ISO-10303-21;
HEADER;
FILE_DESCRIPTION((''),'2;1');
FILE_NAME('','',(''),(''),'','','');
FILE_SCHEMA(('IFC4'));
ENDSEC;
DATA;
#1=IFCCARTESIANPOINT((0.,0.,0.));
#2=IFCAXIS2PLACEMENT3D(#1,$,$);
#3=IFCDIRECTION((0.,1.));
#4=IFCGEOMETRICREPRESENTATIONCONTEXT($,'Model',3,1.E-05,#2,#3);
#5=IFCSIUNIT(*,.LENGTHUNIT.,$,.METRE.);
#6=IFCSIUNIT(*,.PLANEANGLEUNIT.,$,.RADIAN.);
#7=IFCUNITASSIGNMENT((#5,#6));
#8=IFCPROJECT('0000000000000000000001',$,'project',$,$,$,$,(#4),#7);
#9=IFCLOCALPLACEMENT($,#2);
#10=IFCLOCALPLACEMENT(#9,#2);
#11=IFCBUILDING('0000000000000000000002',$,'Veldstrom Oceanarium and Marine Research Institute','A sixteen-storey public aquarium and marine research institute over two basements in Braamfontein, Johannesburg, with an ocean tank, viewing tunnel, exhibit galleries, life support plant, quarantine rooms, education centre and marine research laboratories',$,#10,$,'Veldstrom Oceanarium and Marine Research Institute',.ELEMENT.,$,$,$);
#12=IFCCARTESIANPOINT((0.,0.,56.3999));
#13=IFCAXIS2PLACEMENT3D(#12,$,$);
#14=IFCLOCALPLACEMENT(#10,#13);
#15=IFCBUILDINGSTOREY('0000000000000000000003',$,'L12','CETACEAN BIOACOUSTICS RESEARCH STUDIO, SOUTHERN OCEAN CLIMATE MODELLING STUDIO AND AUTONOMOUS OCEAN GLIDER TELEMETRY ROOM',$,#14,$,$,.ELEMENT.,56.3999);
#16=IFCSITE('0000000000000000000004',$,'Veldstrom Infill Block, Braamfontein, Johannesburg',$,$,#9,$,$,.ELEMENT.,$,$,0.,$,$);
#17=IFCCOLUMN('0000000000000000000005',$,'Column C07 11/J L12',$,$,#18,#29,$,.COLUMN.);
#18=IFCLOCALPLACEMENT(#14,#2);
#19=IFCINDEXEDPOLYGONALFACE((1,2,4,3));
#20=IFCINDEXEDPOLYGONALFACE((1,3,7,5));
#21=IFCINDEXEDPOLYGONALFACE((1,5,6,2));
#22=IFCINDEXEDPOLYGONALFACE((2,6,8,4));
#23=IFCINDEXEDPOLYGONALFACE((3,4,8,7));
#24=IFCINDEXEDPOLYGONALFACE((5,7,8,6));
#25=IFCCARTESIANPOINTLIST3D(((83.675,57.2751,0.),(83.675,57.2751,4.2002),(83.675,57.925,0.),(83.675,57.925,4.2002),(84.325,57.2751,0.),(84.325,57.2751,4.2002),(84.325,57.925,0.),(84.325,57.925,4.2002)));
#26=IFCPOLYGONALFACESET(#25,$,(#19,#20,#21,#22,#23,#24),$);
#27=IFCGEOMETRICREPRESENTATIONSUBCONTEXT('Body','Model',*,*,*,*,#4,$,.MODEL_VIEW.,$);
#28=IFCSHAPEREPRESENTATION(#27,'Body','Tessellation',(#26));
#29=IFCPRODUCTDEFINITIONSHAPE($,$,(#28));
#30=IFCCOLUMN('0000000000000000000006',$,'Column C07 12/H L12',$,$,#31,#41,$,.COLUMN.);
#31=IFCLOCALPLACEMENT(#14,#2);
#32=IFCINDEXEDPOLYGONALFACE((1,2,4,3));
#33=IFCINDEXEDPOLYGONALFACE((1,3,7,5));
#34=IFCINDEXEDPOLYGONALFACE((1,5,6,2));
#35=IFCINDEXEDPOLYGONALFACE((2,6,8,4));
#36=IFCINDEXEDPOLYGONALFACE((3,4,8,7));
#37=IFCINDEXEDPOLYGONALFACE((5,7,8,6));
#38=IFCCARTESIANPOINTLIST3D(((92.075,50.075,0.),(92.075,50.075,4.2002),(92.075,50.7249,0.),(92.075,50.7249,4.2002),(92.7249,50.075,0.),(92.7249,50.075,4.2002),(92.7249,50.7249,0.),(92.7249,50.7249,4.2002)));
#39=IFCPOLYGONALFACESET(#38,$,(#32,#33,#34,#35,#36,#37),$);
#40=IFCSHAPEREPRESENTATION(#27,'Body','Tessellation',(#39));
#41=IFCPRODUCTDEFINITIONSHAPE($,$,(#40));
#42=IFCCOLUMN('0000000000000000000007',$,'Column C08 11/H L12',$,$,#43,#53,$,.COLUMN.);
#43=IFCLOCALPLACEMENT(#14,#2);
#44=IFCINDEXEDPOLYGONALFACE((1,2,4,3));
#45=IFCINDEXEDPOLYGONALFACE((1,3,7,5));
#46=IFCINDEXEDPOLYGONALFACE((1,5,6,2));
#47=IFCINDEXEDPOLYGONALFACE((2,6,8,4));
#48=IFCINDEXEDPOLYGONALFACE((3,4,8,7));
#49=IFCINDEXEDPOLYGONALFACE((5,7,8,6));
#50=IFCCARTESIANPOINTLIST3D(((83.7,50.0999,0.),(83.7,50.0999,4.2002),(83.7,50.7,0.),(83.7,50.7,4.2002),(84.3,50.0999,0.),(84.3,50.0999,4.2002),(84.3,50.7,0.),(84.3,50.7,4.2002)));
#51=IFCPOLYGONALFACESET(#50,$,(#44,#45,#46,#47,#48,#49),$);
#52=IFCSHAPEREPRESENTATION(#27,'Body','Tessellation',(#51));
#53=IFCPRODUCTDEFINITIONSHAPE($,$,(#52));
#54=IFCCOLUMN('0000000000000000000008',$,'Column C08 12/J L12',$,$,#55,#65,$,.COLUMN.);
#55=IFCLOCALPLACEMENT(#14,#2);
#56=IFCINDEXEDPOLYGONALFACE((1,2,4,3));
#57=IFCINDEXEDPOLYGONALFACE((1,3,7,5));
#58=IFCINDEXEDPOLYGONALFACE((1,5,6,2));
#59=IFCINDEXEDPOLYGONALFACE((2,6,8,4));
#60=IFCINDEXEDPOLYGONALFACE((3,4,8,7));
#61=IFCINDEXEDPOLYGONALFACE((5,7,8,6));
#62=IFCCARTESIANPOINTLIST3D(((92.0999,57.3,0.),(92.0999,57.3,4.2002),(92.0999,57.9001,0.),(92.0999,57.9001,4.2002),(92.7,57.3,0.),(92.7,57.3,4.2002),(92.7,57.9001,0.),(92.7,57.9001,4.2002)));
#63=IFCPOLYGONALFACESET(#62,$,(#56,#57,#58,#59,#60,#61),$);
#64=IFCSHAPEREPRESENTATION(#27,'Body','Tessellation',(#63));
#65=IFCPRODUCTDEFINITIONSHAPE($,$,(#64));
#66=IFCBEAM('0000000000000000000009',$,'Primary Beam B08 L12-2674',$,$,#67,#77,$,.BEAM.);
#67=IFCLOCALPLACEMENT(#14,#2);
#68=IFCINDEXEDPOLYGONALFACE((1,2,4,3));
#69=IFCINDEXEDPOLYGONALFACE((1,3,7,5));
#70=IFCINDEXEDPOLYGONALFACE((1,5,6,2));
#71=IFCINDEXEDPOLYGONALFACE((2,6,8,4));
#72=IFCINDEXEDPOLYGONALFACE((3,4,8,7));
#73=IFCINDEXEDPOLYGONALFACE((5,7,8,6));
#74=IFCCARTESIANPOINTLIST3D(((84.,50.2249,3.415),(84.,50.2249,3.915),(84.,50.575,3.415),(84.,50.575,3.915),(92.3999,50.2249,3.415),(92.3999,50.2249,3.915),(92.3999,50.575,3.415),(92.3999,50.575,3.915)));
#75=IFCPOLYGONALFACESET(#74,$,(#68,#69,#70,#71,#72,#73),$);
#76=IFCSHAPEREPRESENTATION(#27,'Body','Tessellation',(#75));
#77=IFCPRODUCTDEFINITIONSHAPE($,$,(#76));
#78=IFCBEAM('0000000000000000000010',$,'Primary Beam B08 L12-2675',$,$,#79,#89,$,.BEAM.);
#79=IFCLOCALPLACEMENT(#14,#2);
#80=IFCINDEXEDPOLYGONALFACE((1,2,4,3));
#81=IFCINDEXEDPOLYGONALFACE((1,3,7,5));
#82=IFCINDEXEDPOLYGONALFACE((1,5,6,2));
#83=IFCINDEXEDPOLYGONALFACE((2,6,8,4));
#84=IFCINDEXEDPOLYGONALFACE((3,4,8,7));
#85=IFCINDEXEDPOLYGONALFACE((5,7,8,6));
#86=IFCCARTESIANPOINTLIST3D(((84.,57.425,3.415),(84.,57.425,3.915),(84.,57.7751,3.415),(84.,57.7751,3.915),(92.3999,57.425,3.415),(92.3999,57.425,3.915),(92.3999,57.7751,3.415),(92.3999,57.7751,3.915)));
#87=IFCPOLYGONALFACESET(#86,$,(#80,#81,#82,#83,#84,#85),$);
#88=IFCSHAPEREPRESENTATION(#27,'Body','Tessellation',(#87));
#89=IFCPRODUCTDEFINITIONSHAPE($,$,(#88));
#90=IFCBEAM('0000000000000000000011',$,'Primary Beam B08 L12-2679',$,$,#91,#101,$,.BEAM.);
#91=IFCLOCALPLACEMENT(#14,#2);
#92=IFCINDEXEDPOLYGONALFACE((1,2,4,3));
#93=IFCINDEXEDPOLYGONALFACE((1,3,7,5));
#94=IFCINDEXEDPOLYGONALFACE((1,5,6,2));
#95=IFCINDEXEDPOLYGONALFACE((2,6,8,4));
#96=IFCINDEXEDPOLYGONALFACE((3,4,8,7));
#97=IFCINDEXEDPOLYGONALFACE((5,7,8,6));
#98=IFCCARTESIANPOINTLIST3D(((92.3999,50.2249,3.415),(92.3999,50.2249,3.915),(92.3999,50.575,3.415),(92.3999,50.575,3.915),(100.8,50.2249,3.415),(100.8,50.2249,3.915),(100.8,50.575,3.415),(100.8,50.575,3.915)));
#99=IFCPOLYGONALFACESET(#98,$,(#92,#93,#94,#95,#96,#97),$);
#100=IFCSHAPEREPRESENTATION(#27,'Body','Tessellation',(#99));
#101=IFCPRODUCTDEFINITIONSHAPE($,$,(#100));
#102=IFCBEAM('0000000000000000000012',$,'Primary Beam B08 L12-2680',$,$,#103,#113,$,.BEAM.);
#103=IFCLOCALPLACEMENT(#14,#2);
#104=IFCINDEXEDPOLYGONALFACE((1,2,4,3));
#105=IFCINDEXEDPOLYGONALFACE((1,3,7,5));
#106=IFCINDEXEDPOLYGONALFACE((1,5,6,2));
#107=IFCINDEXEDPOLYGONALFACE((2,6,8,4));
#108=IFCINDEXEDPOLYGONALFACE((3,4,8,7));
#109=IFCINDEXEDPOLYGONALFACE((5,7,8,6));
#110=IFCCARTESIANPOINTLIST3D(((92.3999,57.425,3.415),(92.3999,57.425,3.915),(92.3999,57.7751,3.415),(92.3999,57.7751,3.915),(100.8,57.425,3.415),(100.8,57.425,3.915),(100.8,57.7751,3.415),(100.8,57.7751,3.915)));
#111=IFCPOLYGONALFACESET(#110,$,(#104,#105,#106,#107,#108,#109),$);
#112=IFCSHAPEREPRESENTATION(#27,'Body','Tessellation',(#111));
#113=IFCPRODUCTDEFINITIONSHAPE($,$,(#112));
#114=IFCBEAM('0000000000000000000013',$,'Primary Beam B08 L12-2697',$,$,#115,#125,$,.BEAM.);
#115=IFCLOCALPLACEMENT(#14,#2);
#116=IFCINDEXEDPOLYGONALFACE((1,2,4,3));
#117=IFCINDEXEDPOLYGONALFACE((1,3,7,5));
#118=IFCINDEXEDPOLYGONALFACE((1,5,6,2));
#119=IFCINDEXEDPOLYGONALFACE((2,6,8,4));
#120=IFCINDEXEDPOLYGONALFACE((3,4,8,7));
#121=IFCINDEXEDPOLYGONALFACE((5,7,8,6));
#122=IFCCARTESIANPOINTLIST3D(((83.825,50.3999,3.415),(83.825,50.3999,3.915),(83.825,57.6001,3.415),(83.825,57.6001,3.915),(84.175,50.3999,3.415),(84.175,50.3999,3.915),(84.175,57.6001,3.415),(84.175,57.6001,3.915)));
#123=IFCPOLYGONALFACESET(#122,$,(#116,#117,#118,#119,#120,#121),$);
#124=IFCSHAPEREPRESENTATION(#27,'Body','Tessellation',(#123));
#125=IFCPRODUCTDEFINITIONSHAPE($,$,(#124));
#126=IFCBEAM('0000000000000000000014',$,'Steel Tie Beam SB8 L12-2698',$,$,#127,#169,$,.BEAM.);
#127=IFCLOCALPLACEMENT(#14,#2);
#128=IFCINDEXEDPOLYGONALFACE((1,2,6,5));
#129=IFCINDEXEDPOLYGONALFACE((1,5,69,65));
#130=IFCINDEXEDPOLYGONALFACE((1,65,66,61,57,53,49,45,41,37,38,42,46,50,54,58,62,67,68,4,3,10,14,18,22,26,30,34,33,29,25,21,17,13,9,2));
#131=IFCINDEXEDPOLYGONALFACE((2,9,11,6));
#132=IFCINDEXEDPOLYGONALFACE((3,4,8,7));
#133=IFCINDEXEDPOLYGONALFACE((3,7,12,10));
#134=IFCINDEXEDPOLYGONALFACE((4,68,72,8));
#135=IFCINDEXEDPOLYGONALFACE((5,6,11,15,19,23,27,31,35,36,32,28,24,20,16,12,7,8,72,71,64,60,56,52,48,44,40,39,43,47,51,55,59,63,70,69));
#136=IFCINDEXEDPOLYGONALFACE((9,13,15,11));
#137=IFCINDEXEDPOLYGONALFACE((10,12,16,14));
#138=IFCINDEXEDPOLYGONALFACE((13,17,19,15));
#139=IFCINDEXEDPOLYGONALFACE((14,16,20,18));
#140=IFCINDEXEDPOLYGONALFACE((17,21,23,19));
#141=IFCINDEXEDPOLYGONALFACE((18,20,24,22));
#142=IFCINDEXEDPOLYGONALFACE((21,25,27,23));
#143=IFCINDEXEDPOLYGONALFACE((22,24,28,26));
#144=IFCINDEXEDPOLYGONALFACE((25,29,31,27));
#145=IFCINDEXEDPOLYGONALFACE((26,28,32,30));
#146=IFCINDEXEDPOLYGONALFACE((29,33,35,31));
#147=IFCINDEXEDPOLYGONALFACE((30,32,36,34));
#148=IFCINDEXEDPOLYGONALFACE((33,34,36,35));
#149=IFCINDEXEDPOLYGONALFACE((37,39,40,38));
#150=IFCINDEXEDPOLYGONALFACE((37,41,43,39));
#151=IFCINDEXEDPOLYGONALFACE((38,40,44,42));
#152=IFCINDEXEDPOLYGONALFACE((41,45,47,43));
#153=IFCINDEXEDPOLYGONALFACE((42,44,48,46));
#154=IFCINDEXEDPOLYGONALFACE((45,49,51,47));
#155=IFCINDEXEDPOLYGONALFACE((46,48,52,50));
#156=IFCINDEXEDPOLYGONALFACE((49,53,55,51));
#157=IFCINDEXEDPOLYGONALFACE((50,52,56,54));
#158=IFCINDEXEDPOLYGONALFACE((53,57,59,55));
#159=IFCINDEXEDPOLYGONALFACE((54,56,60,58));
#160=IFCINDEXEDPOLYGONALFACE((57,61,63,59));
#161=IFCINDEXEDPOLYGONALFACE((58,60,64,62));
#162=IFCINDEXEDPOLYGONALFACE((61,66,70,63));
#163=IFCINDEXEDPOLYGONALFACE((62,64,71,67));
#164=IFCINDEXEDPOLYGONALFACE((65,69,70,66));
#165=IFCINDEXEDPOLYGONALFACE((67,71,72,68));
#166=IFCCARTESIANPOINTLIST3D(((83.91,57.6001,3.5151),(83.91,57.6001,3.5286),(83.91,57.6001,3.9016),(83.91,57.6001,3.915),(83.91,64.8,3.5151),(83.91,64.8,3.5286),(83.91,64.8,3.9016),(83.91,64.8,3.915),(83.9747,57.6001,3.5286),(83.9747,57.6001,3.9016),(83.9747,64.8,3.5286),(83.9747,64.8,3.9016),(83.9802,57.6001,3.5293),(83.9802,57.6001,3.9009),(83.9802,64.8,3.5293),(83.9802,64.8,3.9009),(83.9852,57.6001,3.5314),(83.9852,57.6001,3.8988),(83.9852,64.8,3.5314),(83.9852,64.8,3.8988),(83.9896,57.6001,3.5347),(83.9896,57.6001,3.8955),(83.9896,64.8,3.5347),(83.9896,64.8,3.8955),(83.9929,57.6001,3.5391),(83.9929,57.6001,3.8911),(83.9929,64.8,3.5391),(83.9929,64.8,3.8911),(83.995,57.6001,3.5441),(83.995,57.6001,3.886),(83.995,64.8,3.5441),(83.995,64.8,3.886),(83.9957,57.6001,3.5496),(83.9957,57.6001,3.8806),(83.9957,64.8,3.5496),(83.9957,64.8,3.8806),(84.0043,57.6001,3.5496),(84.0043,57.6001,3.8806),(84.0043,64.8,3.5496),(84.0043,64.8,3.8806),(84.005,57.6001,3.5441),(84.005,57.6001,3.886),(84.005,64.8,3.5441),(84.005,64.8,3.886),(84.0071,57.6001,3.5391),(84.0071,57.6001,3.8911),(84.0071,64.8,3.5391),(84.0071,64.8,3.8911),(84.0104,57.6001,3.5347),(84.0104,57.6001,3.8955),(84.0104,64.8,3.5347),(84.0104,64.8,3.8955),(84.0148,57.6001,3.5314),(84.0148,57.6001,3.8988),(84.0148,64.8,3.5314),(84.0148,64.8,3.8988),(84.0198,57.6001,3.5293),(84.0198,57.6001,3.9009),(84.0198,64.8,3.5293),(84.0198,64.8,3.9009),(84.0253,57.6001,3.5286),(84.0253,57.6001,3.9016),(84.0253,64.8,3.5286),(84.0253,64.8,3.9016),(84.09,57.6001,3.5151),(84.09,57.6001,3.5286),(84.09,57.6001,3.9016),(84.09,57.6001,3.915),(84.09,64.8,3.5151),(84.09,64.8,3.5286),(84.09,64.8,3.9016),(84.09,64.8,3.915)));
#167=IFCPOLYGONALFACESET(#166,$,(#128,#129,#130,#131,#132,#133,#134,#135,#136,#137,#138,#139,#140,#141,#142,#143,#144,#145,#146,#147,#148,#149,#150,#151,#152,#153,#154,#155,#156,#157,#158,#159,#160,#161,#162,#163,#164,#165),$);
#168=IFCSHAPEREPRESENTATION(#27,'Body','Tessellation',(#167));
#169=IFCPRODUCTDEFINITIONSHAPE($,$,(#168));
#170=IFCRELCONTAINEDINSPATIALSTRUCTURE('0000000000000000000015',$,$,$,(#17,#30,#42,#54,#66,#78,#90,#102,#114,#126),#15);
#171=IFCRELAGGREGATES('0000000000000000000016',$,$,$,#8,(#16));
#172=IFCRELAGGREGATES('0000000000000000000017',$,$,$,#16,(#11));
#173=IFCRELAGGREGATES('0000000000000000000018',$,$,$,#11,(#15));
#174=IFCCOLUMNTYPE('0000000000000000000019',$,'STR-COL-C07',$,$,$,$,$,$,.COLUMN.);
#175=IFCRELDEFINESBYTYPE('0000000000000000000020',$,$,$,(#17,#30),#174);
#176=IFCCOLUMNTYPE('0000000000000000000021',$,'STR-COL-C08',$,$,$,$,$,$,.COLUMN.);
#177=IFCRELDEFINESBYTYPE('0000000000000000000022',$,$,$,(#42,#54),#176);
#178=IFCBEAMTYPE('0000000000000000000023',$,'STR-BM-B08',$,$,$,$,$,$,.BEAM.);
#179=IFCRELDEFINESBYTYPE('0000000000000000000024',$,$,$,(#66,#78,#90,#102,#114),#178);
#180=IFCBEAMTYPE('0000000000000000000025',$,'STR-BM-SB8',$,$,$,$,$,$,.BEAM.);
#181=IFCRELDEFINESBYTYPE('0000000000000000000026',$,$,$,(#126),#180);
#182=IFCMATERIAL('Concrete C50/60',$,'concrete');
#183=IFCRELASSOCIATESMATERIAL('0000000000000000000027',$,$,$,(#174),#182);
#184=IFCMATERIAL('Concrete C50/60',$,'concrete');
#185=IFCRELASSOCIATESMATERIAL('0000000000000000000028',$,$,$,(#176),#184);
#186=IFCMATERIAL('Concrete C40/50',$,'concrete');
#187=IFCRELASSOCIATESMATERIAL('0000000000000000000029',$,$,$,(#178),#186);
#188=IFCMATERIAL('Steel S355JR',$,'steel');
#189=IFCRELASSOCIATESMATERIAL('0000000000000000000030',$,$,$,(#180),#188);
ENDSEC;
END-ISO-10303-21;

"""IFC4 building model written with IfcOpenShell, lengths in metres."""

from ifc_helpers import new_model, si_unit, direction, frame, origin, origin_2d, place, context, subcontext, project, spatial, rectangle, i_section, extrude, material, material_profile, profile_set, type_object, element, save


model = new_model("IFC4")

# Units and contexts
model_context = context("Model", 3, precision=1e-05, world=origin(), true_north=direction((0.0, 1.0)))
body_context = subcontext(model_context, "Body", "Model", "MODEL_VIEW")
ifc_project = project(units=[si_unit("LENGTHUNIT", "METRE"), si_unit("PLANEANGLEUNIT", "RADIAN")], contexts=[model_context])

# Site, building, storey
site_placement = place(None, origin())
site = spatial("IfcSite", under=ifc_project, at=site_placement, Name="Veldstrom Infill Block, Braamfontein, Johannesburg", CompositionType="ELEMENT", RefElevation=0.0)
building_placement = place(site_placement, origin())
building = spatial("IfcBuilding", under=site, at=building_placement, Name="Veldstrom Oceanarium and Marine Research Institute", Description="A sixteen-storey public aquarium and marine research institute over two basements in Braamfontein, Johannesburg, with an ocean tank, viewing tunnel, exhibit galleries, life support plant, quarantine rooms, education centre and marine research laboratories", LongName="Veldstrom Oceanarium and Marine Research Institute", CompositionType="ELEMENT")
storey_placement = place(building_placement, frame((0.0, 0.0, 56.3999)))
storey = spatial("IfcBuildingStorey", under=building, at=storey_placement, Name="L12", Description="CETACEAN BIOACOUSTICS RESEARCH STUDIO, SOUTHERN OCEAN CLIMATE MODELLING STUDIO AND AUTONOMOUS OCEAN GLIDER TELEMETRY ROOM", CompositionType="ELEMENT", Elevation=56.3999)

# Columns
ifc_material_1 = material(Name="Concrete C50/60", Category="concrete")
ifc_material_profile_1 = material_profile(ifc_material_1, rectangle(XDim=0.6499, YDim=0.6499, at=origin_2d()), Name="RC-COL-650x650")
ifc_profile_set_1 = profile_set([ifc_material_profile_1], Name="Concrete C50/60")
column_type_1 = type_object("IfcColumnType", Name="STR-COL-C07", PredefinedType="COLUMN", material=ifc_profile_set_1)
for number, where, z_axis, x_axis, name in (
    (1, (84.0, 57.6001, 0.0), (0.0, 0.0, 1.0), (1.0, 0.0, 0.0), "Column C07 11/J L12"),
    (2, (92.3999, 50.3999, 0.0), (0.0, 0.0, 1.0), (1.0, 0.0, 0.0), "Column C07 12/H L12"),
):
    element("IfcColumn", number, at=place(storey_placement, frame(where, z_axis=z_axis, x_axis=x_axis)), inside=storey, type_object=column_type_1, Name=name, PredefinedType="COLUMN", context=body_context, shape_type="SweptSolid", body=[
        extrude(rectangle(XDim=0.6499, YDim=0.6499, at=origin_2d()), origin(), (0.0, 0.0, 1.0), 4.2002),
    ])
ifc_material_2 = material(Name="Concrete C50/60", Category="concrete")
ifc_material_profile_2 = material_profile(ifc_material_2, rectangle(XDim=0.6001, YDim=0.6001, at=origin_2d()), Name="RC-COL-600x600")
ifc_profile_set_2 = profile_set([ifc_material_profile_2], Name="Concrete C50/60")
column_type_2 = type_object("IfcColumnType", Name="STR-COL-C08", PredefinedType="COLUMN", material=ifc_profile_set_2)
for number, where, z_axis, x_axis, name in (
    (3, (84.0, 50.3999, 0.0), (0.0, 0.0, 1.0), (1.0, 0.0, 0.0), "Column C08 11/H L12"),
    (4, (92.3999, 57.6001, 0.0), (0.0, 0.0, 1.0), (1.0, 0.0, 0.0), "Column C08 12/J L12"),
):
    element("IfcColumn", number, at=place(storey_placement, frame(where, z_axis=z_axis, x_axis=x_axis)), inside=storey, type_object=column_type_2, Name=name, PredefinedType="COLUMN", context=body_context, shape_type="SweptSolid", body=[
        extrude(rectangle(XDim=0.6001, YDim=0.6001, at=origin_2d()), origin(), (0.0, 0.0, 1.0), 4.2002),
    ])

# Beams
ifc_material_3 = material(Name="Concrete C40/50", Category="concrete")
ifc_material_profile_3 = material_profile(ifc_material_3, rectangle(XDim=0.3501, YDim=0.5, at=origin_2d()), Name="RC-BM-350x500")
ifc_profile_set_3 = profile_set([ifc_material_profile_3], Name="Concrete C40/50")
beam_type_1 = type_object("IfcBeamType", Name="STR-BM-B08", PredefinedType="BEAM", material=ifc_profile_set_3)
for number, where, z_axis, x_axis, name in (
    (5, (84.0, 50.3999, 3.665), (1.0, 0.0, 0.0), (0.0, 1.0, 0.0), "Primary Beam B08 L12-2674"),
    (6, (84.0, 57.6001, 3.665), (1.0, 0.0, 0.0), (0.0, 1.0, 0.0), "Primary Beam B08 L12-2675"),
):
    element("IfcBeam", number, at=place(storey_placement, frame(where, z_axis=z_axis, x_axis=x_axis)), inside=storey, type_object=beam_type_1, Name=name, PredefinedType="BEAM", context=body_context, shape_type="SweptSolid", body=[
        extrude(rectangle(XDim=0.3501, YDim=0.5, at=origin_2d()), origin(), (0.0, 0.0, 1.0), 8.3999),
    ])
for number, where, z_axis, x_axis, name in (
    (7, (92.3999, 50.3999, 3.665), (1.0, 0.0, 0.0), (0.0, 1.0, 0.0), "Primary Beam B08 L12-2679"),
    (8, (92.3999, 57.6001, 3.665), (1.0, 0.0, 0.0), (0.0, 1.0, 0.0), "Primary Beam B08 L12-2680"),
):
    element("IfcBeam", number, at=place(storey_placement, frame(where, z_axis=z_axis, x_axis=x_axis)), inside=storey, type_object=beam_type_1, Name=name, PredefinedType="BEAM", context=body_context, shape_type="SweptSolid", body=[
        extrude(rectangle(XDim=0.3501, YDim=0.5, at=origin_2d()), origin(), (0.0, 0.0, 1.0), 8.4001),
    ])
beam_1_placement = place(storey_placement, frame((84.0, 50.3999, 3.665), z_axis=(0.0, 1.0, 0.0), x_axis=(-1.0, 0.0, 0.0)))
element("IfcBeam", 9, at=beam_1_placement, inside=storey, type_object=beam_type_1, Name="Primary Beam B08 L12-2697", PredefinedType="BEAM", context=body_context, shape_type="SweptSolid", body=[
    extrude(rectangle(XDim=0.3501, YDim=0.5, at=origin_2d()), origin(), (0.0, 0.0, 1.0), 7.2002),
])
ifc_material_4 = material(Name="Steel S355JR", Category="steel")
ifc_material_profile_4 = material_profile(ifc_material_4, i_section(OverallWidth=0.1799, OverallDepth=0.3999, WebThickness=0.0085, FlangeThickness=0.0134, FilletRadius=0.021, at=origin_2d()), Name="IPE 400")
ifc_profile_set_4 = profile_set([ifc_material_profile_4], Name="Steel S355JR")
beam_type_2 = type_object("IfcBeamType", Name="STR-BM-SB8", PredefinedType="BEAM", material=ifc_profile_set_4)
beam_2_placement = place(storey_placement, frame((84.0, 57.6001, 3.7151), z_axis=(0.0, 1.0, 0.0), x_axis=(-1.0, 0.0, 0.0)))
element("IfcBeam", 10, at=beam_2_placement, inside=storey, type_object=beam_type_2, Name="Steel Tie Beam SB8 L12-2698", PredefinedType="BEAM", context=body_context, shape_type="SweptSolid", body=[
    extrude(i_section(OverallWidth=0.1799, OverallDepth=0.3999, WebThickness=0.0085, FlangeThickness=0.0134, FilletRadius=0.021, at=origin_2d()), origin(), (0.0, 0.0, 1.0), 7.2),
])

save(model, "model.ifc")
